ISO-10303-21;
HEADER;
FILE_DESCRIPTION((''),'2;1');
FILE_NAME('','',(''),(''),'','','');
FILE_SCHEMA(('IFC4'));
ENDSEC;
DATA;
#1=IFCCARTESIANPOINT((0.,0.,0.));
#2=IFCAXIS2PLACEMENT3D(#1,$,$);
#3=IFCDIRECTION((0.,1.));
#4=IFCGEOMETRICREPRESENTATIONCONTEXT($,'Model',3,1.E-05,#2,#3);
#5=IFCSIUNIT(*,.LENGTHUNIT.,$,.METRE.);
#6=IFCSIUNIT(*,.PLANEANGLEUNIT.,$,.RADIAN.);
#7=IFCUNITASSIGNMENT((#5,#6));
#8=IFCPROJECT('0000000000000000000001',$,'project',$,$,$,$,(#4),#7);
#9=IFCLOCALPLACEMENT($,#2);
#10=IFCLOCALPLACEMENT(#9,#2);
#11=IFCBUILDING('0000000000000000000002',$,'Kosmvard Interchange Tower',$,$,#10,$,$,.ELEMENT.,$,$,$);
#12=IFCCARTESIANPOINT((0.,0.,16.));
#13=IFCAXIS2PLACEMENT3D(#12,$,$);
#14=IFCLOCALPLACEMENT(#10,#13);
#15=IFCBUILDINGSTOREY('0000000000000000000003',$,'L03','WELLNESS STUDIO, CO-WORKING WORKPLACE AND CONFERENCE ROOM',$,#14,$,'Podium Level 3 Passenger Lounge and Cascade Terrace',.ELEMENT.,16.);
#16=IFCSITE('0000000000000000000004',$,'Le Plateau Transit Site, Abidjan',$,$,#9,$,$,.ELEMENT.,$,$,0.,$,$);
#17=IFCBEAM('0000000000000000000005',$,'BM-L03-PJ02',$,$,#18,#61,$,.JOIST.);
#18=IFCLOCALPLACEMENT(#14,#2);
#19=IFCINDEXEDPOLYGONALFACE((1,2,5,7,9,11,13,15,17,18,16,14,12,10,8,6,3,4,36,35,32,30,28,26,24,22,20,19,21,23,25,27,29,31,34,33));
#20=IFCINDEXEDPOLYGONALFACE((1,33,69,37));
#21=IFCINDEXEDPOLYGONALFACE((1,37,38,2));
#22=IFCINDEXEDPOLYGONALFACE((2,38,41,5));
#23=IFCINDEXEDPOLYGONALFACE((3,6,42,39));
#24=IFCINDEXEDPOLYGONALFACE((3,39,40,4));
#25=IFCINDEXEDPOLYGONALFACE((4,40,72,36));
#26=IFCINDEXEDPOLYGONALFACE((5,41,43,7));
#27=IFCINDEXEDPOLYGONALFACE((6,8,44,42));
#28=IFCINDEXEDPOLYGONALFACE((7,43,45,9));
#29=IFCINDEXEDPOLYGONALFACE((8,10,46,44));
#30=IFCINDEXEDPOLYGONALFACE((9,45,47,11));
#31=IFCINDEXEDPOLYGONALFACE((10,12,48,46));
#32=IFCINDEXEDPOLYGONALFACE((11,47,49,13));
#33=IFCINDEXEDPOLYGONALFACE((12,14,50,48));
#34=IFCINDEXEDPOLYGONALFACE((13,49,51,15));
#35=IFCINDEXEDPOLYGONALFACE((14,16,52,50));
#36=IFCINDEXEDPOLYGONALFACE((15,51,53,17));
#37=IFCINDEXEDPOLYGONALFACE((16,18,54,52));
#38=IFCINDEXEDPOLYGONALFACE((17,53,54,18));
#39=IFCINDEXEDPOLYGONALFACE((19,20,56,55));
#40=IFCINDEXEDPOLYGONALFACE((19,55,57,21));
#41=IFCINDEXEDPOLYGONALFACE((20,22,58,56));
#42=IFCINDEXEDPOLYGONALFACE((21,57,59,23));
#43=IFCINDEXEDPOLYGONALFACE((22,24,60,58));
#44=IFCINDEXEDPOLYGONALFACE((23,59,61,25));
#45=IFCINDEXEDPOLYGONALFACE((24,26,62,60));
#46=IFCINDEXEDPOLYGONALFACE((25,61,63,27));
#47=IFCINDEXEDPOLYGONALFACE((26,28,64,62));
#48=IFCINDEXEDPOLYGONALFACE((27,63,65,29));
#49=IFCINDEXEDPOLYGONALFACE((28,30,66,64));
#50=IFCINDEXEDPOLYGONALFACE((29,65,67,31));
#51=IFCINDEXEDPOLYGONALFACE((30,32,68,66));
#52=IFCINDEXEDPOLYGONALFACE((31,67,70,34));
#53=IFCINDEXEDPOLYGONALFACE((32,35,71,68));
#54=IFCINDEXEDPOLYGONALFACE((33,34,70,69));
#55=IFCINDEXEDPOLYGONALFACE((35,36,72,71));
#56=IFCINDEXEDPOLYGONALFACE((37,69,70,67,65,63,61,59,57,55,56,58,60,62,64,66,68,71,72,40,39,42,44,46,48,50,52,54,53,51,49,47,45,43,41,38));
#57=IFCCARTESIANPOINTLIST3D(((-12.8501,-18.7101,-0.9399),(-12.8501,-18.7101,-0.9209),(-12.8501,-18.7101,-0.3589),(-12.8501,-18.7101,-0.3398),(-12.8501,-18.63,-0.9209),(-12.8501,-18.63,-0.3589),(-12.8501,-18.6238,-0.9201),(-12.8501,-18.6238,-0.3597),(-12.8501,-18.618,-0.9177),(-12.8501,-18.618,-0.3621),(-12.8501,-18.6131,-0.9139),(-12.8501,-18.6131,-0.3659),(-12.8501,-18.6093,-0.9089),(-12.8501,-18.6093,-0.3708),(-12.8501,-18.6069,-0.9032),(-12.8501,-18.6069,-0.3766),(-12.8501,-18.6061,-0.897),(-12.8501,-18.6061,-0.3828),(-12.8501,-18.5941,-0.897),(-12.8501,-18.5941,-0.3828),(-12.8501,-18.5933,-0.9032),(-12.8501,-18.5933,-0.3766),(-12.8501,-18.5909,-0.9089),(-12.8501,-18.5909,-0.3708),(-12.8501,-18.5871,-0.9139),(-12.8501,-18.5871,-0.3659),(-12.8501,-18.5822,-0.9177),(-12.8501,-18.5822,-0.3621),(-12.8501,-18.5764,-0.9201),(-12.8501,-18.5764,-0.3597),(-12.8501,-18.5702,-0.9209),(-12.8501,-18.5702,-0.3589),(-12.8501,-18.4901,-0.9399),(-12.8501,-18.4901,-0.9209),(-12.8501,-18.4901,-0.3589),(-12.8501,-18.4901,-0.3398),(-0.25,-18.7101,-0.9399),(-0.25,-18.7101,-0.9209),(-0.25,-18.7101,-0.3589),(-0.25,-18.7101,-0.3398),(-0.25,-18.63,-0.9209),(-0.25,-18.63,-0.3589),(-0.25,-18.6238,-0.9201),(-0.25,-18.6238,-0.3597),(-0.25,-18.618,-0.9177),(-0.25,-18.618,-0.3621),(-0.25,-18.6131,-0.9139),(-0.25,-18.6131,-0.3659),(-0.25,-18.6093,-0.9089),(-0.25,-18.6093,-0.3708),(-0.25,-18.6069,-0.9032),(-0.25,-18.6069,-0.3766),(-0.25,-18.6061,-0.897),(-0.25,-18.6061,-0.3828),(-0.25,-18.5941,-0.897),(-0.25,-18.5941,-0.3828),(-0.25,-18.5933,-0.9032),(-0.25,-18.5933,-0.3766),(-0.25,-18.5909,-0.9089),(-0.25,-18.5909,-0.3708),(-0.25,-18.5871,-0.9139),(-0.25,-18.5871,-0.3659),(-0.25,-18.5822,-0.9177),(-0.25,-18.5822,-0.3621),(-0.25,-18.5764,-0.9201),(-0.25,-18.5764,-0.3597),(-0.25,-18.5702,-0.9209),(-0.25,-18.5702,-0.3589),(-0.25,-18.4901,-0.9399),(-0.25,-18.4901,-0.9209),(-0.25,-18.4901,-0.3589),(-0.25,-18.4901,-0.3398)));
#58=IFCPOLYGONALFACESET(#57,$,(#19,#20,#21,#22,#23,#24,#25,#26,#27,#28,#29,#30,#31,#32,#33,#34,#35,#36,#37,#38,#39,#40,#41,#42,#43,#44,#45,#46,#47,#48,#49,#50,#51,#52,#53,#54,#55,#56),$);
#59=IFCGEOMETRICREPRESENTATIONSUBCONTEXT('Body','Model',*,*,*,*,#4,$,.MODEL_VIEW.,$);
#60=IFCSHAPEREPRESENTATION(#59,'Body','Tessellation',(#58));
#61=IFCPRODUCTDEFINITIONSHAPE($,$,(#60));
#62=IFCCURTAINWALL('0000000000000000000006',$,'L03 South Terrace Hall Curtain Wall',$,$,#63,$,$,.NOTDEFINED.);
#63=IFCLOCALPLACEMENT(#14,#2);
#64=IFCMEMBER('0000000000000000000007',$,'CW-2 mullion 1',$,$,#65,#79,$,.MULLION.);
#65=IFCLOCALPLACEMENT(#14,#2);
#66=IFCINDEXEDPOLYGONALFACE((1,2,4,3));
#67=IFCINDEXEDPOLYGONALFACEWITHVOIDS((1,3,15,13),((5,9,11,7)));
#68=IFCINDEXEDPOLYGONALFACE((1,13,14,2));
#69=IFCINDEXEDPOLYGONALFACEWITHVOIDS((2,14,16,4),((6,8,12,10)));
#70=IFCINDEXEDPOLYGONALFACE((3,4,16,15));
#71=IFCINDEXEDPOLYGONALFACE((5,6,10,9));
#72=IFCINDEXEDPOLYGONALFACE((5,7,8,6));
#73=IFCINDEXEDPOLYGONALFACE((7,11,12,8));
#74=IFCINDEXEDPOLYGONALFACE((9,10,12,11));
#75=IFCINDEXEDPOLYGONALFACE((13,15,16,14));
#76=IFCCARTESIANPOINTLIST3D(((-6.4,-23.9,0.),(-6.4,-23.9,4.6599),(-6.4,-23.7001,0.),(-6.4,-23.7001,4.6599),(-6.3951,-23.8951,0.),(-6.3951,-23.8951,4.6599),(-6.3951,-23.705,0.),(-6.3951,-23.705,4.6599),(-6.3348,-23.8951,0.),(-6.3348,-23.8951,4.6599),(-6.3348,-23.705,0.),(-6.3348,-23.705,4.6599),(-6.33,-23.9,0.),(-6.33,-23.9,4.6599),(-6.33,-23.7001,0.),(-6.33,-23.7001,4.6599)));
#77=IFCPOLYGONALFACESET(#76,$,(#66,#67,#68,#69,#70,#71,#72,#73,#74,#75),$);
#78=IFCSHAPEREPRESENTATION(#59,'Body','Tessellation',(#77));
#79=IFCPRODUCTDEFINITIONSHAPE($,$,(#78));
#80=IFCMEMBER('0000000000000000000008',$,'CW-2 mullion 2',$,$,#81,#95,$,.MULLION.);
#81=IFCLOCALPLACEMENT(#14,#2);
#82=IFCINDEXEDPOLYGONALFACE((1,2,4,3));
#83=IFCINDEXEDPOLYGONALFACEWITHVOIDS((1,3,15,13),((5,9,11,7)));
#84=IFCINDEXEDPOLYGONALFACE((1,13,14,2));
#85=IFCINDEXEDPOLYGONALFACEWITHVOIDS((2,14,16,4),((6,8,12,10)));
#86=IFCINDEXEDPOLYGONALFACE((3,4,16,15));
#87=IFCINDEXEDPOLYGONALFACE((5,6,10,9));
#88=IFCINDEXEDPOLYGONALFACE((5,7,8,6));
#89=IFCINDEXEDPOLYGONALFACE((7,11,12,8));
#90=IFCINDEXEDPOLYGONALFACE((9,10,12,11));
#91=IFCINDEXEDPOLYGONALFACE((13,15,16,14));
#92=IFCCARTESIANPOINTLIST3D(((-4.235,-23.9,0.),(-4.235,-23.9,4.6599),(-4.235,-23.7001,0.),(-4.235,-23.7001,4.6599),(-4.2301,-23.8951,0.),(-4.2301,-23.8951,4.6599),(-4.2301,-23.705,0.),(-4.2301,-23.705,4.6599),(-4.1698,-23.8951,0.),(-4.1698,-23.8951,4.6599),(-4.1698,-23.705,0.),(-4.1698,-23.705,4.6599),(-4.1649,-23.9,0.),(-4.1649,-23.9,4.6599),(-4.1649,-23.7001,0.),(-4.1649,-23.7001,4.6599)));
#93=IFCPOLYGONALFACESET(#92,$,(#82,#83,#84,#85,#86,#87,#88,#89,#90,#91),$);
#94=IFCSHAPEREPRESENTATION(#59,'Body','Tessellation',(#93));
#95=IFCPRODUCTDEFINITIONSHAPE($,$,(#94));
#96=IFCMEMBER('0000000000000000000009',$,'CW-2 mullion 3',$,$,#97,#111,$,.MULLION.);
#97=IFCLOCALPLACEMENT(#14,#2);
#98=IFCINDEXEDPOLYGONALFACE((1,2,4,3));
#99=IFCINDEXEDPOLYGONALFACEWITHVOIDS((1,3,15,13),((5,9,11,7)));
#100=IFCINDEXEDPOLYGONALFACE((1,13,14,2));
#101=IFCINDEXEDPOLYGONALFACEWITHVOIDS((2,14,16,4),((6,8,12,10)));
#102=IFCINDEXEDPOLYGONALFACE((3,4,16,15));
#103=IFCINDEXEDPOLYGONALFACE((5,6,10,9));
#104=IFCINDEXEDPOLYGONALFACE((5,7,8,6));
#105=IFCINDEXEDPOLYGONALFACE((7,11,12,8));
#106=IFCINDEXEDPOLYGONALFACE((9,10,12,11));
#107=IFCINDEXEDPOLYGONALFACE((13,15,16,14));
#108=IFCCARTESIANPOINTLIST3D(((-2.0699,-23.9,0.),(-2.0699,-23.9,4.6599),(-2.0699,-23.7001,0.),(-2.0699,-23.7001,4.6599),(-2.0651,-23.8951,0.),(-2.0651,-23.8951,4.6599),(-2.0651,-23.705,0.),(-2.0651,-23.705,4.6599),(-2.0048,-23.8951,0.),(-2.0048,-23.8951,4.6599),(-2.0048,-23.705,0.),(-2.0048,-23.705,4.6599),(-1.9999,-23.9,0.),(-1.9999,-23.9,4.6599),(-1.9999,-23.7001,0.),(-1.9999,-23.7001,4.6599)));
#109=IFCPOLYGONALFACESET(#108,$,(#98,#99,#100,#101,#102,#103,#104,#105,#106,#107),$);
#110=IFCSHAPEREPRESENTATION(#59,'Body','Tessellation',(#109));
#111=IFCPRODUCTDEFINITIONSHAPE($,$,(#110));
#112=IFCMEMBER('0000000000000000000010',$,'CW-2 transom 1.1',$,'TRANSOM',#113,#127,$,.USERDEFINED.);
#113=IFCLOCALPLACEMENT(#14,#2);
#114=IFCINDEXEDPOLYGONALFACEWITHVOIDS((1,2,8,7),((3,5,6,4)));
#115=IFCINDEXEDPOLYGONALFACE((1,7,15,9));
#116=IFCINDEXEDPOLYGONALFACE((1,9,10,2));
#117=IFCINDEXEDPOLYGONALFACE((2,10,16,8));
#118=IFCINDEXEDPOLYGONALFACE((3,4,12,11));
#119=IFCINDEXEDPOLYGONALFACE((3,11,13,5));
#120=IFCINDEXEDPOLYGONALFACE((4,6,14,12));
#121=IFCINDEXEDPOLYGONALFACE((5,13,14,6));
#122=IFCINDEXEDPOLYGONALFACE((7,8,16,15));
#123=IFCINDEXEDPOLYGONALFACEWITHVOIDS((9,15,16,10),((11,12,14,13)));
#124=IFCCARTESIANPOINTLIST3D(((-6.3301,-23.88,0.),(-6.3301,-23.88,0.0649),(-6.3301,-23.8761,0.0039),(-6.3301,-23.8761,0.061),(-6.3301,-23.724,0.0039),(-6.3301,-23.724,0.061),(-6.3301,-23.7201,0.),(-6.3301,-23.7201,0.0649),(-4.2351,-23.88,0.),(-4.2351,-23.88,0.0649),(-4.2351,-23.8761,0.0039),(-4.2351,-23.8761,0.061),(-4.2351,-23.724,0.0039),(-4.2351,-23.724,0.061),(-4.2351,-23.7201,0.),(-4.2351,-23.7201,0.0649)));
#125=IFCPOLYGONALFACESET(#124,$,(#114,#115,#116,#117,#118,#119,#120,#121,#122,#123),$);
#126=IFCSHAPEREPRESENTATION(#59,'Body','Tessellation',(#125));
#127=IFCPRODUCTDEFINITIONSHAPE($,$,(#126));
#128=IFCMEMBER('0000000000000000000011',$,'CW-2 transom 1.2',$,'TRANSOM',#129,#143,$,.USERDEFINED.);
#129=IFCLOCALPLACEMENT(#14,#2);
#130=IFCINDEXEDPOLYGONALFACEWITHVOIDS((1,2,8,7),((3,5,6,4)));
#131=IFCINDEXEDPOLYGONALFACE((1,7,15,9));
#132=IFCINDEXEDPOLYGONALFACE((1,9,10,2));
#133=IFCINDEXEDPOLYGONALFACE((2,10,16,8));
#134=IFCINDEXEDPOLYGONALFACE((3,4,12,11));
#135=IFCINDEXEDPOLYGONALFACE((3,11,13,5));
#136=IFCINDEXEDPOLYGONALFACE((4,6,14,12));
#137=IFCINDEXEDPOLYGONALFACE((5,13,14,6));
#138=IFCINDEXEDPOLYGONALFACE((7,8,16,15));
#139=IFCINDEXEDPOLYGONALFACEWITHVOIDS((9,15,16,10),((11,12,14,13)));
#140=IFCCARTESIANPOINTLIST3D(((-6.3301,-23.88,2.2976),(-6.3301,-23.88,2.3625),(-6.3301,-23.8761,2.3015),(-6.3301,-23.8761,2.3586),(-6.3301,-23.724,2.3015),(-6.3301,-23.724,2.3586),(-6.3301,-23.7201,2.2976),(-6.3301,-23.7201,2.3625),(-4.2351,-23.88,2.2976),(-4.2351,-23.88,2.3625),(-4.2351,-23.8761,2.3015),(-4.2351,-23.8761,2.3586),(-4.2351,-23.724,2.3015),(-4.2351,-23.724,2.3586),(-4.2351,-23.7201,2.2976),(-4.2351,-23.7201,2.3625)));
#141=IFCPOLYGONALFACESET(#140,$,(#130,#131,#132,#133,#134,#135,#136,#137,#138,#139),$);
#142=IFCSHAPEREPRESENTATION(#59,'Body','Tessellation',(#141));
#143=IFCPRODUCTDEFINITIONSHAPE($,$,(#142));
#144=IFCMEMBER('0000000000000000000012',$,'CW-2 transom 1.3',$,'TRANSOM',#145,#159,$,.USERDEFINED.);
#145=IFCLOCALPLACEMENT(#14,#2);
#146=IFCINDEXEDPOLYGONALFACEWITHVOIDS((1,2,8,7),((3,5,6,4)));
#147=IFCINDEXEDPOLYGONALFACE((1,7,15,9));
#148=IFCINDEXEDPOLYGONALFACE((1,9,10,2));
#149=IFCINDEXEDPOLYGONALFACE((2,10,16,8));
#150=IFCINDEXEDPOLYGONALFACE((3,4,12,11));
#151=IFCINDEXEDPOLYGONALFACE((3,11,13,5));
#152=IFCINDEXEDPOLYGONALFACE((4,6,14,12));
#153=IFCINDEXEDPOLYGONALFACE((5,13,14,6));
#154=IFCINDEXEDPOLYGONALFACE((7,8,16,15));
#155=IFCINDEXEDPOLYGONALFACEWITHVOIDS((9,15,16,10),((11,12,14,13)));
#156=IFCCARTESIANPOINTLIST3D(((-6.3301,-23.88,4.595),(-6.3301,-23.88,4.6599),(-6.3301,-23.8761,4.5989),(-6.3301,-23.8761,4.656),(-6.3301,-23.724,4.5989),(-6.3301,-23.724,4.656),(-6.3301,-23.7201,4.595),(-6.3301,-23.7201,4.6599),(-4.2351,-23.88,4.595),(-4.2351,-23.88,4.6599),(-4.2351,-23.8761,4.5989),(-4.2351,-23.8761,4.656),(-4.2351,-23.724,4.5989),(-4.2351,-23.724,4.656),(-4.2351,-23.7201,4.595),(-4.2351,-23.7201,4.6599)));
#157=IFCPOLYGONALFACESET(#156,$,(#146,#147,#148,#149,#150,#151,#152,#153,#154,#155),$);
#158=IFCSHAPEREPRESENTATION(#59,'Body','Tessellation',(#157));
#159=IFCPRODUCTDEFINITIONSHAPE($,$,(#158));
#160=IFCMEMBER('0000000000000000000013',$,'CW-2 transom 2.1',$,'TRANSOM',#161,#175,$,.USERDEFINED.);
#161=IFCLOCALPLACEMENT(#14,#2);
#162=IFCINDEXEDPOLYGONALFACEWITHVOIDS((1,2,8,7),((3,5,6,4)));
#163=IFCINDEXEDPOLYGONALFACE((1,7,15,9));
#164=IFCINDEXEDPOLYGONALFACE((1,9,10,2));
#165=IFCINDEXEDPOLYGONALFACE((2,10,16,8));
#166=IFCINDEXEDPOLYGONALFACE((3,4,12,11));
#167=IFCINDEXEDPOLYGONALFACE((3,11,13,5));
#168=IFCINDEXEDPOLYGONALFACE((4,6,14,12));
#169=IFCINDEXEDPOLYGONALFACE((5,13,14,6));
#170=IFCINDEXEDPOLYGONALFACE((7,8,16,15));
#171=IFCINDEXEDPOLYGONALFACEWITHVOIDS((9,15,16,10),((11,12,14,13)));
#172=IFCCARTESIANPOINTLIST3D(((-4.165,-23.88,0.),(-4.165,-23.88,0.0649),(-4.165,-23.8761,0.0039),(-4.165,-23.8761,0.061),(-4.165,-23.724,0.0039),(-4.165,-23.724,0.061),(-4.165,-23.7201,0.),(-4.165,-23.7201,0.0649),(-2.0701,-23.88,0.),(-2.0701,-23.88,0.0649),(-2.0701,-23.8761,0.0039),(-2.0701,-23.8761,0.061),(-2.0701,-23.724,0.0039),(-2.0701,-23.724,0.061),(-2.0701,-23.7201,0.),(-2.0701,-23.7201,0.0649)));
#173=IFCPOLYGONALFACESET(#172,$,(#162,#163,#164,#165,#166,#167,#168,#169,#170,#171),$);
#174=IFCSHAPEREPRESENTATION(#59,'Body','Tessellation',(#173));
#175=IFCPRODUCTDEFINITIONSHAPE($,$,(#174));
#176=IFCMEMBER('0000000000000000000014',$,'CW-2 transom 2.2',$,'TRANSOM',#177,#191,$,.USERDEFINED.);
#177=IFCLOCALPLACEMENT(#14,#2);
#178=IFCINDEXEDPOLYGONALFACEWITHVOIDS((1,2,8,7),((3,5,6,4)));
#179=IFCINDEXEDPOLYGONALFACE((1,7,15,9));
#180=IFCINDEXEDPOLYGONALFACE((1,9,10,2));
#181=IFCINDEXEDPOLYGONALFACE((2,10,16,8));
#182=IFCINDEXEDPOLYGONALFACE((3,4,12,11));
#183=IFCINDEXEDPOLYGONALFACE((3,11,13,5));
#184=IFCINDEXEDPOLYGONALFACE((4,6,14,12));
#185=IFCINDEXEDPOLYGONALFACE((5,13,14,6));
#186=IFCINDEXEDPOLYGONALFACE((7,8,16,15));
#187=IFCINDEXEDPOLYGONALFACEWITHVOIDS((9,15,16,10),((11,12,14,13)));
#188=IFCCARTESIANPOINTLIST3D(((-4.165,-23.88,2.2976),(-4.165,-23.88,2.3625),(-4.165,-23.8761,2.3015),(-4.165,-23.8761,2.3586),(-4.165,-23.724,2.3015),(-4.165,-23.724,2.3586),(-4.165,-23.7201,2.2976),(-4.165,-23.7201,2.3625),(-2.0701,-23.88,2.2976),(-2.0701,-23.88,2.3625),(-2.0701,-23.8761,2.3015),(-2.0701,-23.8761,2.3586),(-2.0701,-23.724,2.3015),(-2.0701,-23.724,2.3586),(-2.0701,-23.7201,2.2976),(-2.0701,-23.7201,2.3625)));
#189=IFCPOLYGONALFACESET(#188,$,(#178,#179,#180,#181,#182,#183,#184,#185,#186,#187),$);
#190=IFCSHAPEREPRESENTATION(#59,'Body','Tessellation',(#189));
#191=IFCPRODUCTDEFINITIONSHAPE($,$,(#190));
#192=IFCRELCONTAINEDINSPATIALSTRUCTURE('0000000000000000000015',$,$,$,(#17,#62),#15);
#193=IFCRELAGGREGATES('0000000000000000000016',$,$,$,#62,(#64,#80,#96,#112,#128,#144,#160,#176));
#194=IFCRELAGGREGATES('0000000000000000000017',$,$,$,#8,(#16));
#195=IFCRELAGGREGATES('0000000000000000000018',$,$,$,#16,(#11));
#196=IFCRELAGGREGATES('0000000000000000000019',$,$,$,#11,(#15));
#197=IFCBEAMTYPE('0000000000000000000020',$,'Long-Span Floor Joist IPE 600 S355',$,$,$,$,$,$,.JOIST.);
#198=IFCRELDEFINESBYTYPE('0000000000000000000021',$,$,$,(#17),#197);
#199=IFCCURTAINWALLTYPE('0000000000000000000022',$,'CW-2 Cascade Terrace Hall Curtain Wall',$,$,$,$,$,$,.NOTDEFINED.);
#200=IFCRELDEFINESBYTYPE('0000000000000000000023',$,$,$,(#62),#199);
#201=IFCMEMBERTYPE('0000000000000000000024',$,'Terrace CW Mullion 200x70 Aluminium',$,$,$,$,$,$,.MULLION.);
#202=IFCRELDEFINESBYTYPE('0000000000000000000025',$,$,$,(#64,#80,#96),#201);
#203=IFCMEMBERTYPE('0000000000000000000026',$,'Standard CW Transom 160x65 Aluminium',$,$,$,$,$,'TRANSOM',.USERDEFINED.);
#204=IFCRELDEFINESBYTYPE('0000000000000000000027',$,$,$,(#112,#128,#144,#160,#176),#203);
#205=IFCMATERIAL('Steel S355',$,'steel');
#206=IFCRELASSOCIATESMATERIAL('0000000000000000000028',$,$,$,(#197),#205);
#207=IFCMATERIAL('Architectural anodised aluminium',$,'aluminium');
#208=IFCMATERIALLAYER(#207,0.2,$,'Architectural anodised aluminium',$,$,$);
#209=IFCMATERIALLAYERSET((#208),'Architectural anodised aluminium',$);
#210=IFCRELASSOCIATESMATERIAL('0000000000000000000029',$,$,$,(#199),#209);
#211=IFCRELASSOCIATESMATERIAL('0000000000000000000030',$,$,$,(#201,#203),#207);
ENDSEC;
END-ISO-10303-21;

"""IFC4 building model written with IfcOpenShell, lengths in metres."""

from ifc_helpers import new_model, si_unit, direction, frame, origin, origin_2d, place, context, subcontext, project, spatial, hollow_rectangle, i_section, extrude, source, transform, mapped, material, layer, layer_set, material_profile, profile_set, type_object, element, aggregate, save


model = new_model("IFC4")

# Units and contexts
model_context = context("Model", 3, precision=1e-05, world=origin(), true_north=direction((0.0, 1.0)))
body_context = subcontext(model_context, "Body", "Model", "MODEL_VIEW")
ifc_project = project(units=[si_unit("LENGTHUNIT", "METRE"), si_unit("PLANEANGLEUNIT", "RADIAN")], contexts=[model_context])

# Site, building, storey
site_placement = place(None, origin())
site = spatial("IfcSite", under=ifc_project, at=site_placement, Name="Le Plateau Transit Site, Abidjan", CompositionType="ELEMENT", RefElevation=0.0)
building_placement = place(site_placement, origin())
building = spatial("IfcBuilding", under=site, at=building_placement, Name="Kosmvard Interchange Tower", CompositionType="ELEMENT")
storey_placement = place(building_placement, frame((0.0, 0.0, 16.0)))
storey = spatial("IfcBuildingStorey", under=building, at=storey_placement, Name="L03", Description="WELLNESS STUDIO, CO-WORKING WORKPLACE AND CONFERENCE ROOM", LongName="Podium Level 3 Passenger Lounge and Cascade Terrace", CompositionType="ELEMENT", Elevation=16.0)

# Beam
ifc_material_1 = material(Name="Steel S355", Category="steel")
ifc_material_profile_1 = material_profile(ifc_material_1, i_section(OverallWidth=0.22, OverallDepth=0.6001, WebThickness=0.012, FlangeThickness=0.019, FilletRadius=0.0239, at=origin_2d()), Name="IPE 600")
ifc_profile_set_1 = profile_set([ifc_material_profile_1], Name="Steel S355")
beam_type = type_object("IfcBeamType", Name="Long-Span Floor Joist IPE 600 S355", PredefinedType="JOIST", material=ifc_profile_set_1)
shared_shape_1 = source(origin(), body_context, "Body", "SweptSolid", [
    extrude(i_section(OverallWidth=0.22, OverallDepth=0.6001, WebThickness=0.012, FlangeThickness=0.019, FilletRadius=0.0239, at=origin_2d()), origin(), (0.0, 0.0, 1.0), 12.6001),
])
beam_placement = place(storey_placement, frame((-12.8501, -18.6001, -0.6399), z_axis=(1.0, 0.0, 0.0), x_axis=(0.0, 1.0, 0.0)))
element("IfcBeam", 1, at=beam_placement, inside=storey, type_object=beam_type, Name="BM-L03-PJ02", PredefinedType="JOIST", context=body_context, shape_type="MappedRepresentation", body=[
    mapped(shared_shape_1, transform((0.0, 0.0, 0.0), scale=1.0)),
])

# Curtain wall, members
ifc_material_2 = material(Name="Architectural anodised aluminium", Category="aluminium")
ifc_layer_1 = layer(ifc_material_2, 0.2, Name="Architectural anodised aluminium")
ifc_layer_set_1 = layer_set([ifc_layer_1], Name="Architectural anodised aluminium")
curtain_wall_type = type_object("IfcCurtainWallType", Name="CW-2 Cascade Terrace Hall Curtain Wall", PredefinedType="NOTDEFINED", material=ifc_layer_set_1)
curtain_wall_placement = place(storey_placement, origin())
curtain_wall = element("IfcCurtainWall", 2, at=curtain_wall_placement, inside=storey, type_object=curtain_wall_type, Name="L03 South Terrace Hall Curtain Wall", PredefinedType="NOTDEFINED")
ifc_material_profile_2 = material_profile(ifc_material_2, hollow_rectangle(XDim=0.2, YDim=0.0701, WallThickness=0.0049, at=origin_2d()), Name="CWM 200x70x5")
ifc_profile_set_2 = profile_set([ifc_material_profile_2], Name="Architectural anodised aluminium")
member_type_1 = type_object("IfcMemberType", Name="Terrace CW Mullion 200x70 Aluminium", PredefinedType="MULLION", material=ifc_profile_set_2)
shared_shape_2 = source(origin(), body_context, "Body", "SweptSolid", [
    extrude(hollow_rectangle(XDim=0.2, YDim=0.0701, WallThickness=0.0049, at=origin_2d()), origin(), (0.0, 0.0, 1.0), 4.6599),
])
member_1_placement = place(storey_placement, frame((-6.365, -23.8, 0.0), z_axis=(0.0, 0.0, 1.0), x_axis=(0.0, 1.0, 0.0)))
member_1 = element("IfcMember", 3, at=member_1_placement, type_object=member_type_1, Name="CW-2 mullion 1", PredefinedType="MULLION", context=body_context, shape_type="MappedRepresentation", body=[
    mapped(shared_shape_2, transform((0.0, 0.0, 0.0), scale=1.0)),
])
member_2_placement = place(storey_placement, frame((-4.2, -23.8, 0.0), z_axis=(0.0, 0.0, 1.0), x_axis=(0.0, 1.0, 0.0)))
member_2 = element("IfcMember", 4, at=member_2_placement, type_object=member_type_1, Name="CW-2 mullion 2", PredefinedType="MULLION", context=body_context, shape_type="MappedRepresentation", body=[
    mapped(shared_shape_2, transform((0.0, 0.0, 0.0), scale=1.0)),
])
member_3_placement = place(storey_placement, frame((-2.0349, -23.8, 0.0), z_axis=(0.0, 0.0, 1.0), x_axis=(0.0, 1.0, 0.0)))
member_3 = element("IfcMember", 5, at=member_3_placement, type_object=member_type_1, Name="CW-2 mullion 3", PredefinedType="MULLION", context=body_context, shape_type="MappedRepresentation", body=[
    mapped(shared_shape_2, transform((0.0, 0.0, 0.0), scale=1.0)),
])
ifc_material_profile_3 = material_profile(ifc_material_2, hollow_rectangle(XDim=0.1599, YDim=0.0649, WallThickness=0.0039, at=origin_2d()), Name="CWT 160x65x4")
ifc_profile_set_3 = profile_set([ifc_material_profile_3], Name="Architectural anodised aluminium")
member_type_2 = type_object("IfcMemberType", Name="Standard CW Transom 160x65 Aluminium", ElementType="TRANSOM", PredefinedType="USERDEFINED", material=ifc_profile_set_3)
shared_shape_3 = source(origin(), body_context, "Body", "SweptSolid", [
    extrude(hollow_rectangle(XDim=0.1599, YDim=0.0649, WallThickness=0.0039, at=origin_2d()), origin(), (0.0, 0.0, 1.0), 2.095),
])
member_4_placement = place(storey_placement, frame((-6.3301, -23.8, 0.0325), z_axis=(1.0, 0.0, 0.0), x_axis=(0.0, 1.0, 0.0)))
member_4 = element("IfcMember", 6, at=member_4_placement, type_object=member_type_2, Name="CW-2 transom 1.1", ObjectType="TRANSOM", PredefinedType="USERDEFINED", context=body_context, shape_type="MappedRepresentation", body=[
    mapped(shared_shape_3, transform((0.0, 0.0, 0.0), scale=1.0)),
])
member_5_placement = place(storey_placement, frame((-6.3301, -23.8, 2.3301), z_axis=(1.0, 0.0, 0.0), x_axis=(0.0, 1.0, 0.0)))
member_5 = element("IfcMember", 7, at=member_5_placement, type_object=member_type_2, Name="CW-2 transom 1.2", ObjectType="TRANSOM", PredefinedType="USERDEFINED", context=body_context, shape_type="MappedRepresentation", body=[
    mapped(shared_shape_3, transform((0.0, 0.0, 0.0), scale=1.0)),
])
member_6_placement = place(storey_placement, frame((-6.3301, -23.8, 4.6274), z_axis=(1.0, 0.0, 0.0), x_axis=(0.0, 1.0, 0.0)))
member_6 = element("IfcMember", 8, at=member_6_placement, type_object=member_type_2, Name="CW-2 transom 1.3", ObjectType="TRANSOM", PredefinedType="USERDEFINED", context=body_context, shape_type="MappedRepresentation", body=[
    mapped(shared_shape_3, transform((0.0, 0.0, 0.0), scale=1.0)),
])
member_7_placement = place(storey_placement, frame((-4.165, -23.8, 0.0325), z_axis=(1.0, 0.0, 0.0), x_axis=(0.0, 1.0, 0.0)))
member_7 = element("IfcMember", 9, at=member_7_placement, type_object=member_type_2, Name="CW-2 transom 2.1", ObjectType="TRANSOM", PredefinedType="USERDEFINED", context=body_context, shape_type="MappedRepresentation", body=[
    mapped(shared_shape_3, transform((0.0, 0.0, 0.0), scale=1.0)),
])
member_8_placement = place(storey_placement, frame((-4.165, -23.8, 2.3301), z_axis=(1.0, 0.0, 0.0), x_axis=(0.0, 1.0, 0.0)))
member_8 = element("IfcMember", 10, at=member_8_placement, type_object=member_type_2, Name="CW-2 transom 2.2", ObjectType="TRANSOM", PredefinedType="USERDEFINED", context=body_context, shape_type="MappedRepresentation", body=[
    mapped(shared_shape_3, transform((0.0, 0.0, 0.0), scale=1.0)),
])
aggregate(curtain_wall, [member_1, member_2, member_3, member_4, member_5, member_6, member_7, member_8])

save(model, "model.ifc")
